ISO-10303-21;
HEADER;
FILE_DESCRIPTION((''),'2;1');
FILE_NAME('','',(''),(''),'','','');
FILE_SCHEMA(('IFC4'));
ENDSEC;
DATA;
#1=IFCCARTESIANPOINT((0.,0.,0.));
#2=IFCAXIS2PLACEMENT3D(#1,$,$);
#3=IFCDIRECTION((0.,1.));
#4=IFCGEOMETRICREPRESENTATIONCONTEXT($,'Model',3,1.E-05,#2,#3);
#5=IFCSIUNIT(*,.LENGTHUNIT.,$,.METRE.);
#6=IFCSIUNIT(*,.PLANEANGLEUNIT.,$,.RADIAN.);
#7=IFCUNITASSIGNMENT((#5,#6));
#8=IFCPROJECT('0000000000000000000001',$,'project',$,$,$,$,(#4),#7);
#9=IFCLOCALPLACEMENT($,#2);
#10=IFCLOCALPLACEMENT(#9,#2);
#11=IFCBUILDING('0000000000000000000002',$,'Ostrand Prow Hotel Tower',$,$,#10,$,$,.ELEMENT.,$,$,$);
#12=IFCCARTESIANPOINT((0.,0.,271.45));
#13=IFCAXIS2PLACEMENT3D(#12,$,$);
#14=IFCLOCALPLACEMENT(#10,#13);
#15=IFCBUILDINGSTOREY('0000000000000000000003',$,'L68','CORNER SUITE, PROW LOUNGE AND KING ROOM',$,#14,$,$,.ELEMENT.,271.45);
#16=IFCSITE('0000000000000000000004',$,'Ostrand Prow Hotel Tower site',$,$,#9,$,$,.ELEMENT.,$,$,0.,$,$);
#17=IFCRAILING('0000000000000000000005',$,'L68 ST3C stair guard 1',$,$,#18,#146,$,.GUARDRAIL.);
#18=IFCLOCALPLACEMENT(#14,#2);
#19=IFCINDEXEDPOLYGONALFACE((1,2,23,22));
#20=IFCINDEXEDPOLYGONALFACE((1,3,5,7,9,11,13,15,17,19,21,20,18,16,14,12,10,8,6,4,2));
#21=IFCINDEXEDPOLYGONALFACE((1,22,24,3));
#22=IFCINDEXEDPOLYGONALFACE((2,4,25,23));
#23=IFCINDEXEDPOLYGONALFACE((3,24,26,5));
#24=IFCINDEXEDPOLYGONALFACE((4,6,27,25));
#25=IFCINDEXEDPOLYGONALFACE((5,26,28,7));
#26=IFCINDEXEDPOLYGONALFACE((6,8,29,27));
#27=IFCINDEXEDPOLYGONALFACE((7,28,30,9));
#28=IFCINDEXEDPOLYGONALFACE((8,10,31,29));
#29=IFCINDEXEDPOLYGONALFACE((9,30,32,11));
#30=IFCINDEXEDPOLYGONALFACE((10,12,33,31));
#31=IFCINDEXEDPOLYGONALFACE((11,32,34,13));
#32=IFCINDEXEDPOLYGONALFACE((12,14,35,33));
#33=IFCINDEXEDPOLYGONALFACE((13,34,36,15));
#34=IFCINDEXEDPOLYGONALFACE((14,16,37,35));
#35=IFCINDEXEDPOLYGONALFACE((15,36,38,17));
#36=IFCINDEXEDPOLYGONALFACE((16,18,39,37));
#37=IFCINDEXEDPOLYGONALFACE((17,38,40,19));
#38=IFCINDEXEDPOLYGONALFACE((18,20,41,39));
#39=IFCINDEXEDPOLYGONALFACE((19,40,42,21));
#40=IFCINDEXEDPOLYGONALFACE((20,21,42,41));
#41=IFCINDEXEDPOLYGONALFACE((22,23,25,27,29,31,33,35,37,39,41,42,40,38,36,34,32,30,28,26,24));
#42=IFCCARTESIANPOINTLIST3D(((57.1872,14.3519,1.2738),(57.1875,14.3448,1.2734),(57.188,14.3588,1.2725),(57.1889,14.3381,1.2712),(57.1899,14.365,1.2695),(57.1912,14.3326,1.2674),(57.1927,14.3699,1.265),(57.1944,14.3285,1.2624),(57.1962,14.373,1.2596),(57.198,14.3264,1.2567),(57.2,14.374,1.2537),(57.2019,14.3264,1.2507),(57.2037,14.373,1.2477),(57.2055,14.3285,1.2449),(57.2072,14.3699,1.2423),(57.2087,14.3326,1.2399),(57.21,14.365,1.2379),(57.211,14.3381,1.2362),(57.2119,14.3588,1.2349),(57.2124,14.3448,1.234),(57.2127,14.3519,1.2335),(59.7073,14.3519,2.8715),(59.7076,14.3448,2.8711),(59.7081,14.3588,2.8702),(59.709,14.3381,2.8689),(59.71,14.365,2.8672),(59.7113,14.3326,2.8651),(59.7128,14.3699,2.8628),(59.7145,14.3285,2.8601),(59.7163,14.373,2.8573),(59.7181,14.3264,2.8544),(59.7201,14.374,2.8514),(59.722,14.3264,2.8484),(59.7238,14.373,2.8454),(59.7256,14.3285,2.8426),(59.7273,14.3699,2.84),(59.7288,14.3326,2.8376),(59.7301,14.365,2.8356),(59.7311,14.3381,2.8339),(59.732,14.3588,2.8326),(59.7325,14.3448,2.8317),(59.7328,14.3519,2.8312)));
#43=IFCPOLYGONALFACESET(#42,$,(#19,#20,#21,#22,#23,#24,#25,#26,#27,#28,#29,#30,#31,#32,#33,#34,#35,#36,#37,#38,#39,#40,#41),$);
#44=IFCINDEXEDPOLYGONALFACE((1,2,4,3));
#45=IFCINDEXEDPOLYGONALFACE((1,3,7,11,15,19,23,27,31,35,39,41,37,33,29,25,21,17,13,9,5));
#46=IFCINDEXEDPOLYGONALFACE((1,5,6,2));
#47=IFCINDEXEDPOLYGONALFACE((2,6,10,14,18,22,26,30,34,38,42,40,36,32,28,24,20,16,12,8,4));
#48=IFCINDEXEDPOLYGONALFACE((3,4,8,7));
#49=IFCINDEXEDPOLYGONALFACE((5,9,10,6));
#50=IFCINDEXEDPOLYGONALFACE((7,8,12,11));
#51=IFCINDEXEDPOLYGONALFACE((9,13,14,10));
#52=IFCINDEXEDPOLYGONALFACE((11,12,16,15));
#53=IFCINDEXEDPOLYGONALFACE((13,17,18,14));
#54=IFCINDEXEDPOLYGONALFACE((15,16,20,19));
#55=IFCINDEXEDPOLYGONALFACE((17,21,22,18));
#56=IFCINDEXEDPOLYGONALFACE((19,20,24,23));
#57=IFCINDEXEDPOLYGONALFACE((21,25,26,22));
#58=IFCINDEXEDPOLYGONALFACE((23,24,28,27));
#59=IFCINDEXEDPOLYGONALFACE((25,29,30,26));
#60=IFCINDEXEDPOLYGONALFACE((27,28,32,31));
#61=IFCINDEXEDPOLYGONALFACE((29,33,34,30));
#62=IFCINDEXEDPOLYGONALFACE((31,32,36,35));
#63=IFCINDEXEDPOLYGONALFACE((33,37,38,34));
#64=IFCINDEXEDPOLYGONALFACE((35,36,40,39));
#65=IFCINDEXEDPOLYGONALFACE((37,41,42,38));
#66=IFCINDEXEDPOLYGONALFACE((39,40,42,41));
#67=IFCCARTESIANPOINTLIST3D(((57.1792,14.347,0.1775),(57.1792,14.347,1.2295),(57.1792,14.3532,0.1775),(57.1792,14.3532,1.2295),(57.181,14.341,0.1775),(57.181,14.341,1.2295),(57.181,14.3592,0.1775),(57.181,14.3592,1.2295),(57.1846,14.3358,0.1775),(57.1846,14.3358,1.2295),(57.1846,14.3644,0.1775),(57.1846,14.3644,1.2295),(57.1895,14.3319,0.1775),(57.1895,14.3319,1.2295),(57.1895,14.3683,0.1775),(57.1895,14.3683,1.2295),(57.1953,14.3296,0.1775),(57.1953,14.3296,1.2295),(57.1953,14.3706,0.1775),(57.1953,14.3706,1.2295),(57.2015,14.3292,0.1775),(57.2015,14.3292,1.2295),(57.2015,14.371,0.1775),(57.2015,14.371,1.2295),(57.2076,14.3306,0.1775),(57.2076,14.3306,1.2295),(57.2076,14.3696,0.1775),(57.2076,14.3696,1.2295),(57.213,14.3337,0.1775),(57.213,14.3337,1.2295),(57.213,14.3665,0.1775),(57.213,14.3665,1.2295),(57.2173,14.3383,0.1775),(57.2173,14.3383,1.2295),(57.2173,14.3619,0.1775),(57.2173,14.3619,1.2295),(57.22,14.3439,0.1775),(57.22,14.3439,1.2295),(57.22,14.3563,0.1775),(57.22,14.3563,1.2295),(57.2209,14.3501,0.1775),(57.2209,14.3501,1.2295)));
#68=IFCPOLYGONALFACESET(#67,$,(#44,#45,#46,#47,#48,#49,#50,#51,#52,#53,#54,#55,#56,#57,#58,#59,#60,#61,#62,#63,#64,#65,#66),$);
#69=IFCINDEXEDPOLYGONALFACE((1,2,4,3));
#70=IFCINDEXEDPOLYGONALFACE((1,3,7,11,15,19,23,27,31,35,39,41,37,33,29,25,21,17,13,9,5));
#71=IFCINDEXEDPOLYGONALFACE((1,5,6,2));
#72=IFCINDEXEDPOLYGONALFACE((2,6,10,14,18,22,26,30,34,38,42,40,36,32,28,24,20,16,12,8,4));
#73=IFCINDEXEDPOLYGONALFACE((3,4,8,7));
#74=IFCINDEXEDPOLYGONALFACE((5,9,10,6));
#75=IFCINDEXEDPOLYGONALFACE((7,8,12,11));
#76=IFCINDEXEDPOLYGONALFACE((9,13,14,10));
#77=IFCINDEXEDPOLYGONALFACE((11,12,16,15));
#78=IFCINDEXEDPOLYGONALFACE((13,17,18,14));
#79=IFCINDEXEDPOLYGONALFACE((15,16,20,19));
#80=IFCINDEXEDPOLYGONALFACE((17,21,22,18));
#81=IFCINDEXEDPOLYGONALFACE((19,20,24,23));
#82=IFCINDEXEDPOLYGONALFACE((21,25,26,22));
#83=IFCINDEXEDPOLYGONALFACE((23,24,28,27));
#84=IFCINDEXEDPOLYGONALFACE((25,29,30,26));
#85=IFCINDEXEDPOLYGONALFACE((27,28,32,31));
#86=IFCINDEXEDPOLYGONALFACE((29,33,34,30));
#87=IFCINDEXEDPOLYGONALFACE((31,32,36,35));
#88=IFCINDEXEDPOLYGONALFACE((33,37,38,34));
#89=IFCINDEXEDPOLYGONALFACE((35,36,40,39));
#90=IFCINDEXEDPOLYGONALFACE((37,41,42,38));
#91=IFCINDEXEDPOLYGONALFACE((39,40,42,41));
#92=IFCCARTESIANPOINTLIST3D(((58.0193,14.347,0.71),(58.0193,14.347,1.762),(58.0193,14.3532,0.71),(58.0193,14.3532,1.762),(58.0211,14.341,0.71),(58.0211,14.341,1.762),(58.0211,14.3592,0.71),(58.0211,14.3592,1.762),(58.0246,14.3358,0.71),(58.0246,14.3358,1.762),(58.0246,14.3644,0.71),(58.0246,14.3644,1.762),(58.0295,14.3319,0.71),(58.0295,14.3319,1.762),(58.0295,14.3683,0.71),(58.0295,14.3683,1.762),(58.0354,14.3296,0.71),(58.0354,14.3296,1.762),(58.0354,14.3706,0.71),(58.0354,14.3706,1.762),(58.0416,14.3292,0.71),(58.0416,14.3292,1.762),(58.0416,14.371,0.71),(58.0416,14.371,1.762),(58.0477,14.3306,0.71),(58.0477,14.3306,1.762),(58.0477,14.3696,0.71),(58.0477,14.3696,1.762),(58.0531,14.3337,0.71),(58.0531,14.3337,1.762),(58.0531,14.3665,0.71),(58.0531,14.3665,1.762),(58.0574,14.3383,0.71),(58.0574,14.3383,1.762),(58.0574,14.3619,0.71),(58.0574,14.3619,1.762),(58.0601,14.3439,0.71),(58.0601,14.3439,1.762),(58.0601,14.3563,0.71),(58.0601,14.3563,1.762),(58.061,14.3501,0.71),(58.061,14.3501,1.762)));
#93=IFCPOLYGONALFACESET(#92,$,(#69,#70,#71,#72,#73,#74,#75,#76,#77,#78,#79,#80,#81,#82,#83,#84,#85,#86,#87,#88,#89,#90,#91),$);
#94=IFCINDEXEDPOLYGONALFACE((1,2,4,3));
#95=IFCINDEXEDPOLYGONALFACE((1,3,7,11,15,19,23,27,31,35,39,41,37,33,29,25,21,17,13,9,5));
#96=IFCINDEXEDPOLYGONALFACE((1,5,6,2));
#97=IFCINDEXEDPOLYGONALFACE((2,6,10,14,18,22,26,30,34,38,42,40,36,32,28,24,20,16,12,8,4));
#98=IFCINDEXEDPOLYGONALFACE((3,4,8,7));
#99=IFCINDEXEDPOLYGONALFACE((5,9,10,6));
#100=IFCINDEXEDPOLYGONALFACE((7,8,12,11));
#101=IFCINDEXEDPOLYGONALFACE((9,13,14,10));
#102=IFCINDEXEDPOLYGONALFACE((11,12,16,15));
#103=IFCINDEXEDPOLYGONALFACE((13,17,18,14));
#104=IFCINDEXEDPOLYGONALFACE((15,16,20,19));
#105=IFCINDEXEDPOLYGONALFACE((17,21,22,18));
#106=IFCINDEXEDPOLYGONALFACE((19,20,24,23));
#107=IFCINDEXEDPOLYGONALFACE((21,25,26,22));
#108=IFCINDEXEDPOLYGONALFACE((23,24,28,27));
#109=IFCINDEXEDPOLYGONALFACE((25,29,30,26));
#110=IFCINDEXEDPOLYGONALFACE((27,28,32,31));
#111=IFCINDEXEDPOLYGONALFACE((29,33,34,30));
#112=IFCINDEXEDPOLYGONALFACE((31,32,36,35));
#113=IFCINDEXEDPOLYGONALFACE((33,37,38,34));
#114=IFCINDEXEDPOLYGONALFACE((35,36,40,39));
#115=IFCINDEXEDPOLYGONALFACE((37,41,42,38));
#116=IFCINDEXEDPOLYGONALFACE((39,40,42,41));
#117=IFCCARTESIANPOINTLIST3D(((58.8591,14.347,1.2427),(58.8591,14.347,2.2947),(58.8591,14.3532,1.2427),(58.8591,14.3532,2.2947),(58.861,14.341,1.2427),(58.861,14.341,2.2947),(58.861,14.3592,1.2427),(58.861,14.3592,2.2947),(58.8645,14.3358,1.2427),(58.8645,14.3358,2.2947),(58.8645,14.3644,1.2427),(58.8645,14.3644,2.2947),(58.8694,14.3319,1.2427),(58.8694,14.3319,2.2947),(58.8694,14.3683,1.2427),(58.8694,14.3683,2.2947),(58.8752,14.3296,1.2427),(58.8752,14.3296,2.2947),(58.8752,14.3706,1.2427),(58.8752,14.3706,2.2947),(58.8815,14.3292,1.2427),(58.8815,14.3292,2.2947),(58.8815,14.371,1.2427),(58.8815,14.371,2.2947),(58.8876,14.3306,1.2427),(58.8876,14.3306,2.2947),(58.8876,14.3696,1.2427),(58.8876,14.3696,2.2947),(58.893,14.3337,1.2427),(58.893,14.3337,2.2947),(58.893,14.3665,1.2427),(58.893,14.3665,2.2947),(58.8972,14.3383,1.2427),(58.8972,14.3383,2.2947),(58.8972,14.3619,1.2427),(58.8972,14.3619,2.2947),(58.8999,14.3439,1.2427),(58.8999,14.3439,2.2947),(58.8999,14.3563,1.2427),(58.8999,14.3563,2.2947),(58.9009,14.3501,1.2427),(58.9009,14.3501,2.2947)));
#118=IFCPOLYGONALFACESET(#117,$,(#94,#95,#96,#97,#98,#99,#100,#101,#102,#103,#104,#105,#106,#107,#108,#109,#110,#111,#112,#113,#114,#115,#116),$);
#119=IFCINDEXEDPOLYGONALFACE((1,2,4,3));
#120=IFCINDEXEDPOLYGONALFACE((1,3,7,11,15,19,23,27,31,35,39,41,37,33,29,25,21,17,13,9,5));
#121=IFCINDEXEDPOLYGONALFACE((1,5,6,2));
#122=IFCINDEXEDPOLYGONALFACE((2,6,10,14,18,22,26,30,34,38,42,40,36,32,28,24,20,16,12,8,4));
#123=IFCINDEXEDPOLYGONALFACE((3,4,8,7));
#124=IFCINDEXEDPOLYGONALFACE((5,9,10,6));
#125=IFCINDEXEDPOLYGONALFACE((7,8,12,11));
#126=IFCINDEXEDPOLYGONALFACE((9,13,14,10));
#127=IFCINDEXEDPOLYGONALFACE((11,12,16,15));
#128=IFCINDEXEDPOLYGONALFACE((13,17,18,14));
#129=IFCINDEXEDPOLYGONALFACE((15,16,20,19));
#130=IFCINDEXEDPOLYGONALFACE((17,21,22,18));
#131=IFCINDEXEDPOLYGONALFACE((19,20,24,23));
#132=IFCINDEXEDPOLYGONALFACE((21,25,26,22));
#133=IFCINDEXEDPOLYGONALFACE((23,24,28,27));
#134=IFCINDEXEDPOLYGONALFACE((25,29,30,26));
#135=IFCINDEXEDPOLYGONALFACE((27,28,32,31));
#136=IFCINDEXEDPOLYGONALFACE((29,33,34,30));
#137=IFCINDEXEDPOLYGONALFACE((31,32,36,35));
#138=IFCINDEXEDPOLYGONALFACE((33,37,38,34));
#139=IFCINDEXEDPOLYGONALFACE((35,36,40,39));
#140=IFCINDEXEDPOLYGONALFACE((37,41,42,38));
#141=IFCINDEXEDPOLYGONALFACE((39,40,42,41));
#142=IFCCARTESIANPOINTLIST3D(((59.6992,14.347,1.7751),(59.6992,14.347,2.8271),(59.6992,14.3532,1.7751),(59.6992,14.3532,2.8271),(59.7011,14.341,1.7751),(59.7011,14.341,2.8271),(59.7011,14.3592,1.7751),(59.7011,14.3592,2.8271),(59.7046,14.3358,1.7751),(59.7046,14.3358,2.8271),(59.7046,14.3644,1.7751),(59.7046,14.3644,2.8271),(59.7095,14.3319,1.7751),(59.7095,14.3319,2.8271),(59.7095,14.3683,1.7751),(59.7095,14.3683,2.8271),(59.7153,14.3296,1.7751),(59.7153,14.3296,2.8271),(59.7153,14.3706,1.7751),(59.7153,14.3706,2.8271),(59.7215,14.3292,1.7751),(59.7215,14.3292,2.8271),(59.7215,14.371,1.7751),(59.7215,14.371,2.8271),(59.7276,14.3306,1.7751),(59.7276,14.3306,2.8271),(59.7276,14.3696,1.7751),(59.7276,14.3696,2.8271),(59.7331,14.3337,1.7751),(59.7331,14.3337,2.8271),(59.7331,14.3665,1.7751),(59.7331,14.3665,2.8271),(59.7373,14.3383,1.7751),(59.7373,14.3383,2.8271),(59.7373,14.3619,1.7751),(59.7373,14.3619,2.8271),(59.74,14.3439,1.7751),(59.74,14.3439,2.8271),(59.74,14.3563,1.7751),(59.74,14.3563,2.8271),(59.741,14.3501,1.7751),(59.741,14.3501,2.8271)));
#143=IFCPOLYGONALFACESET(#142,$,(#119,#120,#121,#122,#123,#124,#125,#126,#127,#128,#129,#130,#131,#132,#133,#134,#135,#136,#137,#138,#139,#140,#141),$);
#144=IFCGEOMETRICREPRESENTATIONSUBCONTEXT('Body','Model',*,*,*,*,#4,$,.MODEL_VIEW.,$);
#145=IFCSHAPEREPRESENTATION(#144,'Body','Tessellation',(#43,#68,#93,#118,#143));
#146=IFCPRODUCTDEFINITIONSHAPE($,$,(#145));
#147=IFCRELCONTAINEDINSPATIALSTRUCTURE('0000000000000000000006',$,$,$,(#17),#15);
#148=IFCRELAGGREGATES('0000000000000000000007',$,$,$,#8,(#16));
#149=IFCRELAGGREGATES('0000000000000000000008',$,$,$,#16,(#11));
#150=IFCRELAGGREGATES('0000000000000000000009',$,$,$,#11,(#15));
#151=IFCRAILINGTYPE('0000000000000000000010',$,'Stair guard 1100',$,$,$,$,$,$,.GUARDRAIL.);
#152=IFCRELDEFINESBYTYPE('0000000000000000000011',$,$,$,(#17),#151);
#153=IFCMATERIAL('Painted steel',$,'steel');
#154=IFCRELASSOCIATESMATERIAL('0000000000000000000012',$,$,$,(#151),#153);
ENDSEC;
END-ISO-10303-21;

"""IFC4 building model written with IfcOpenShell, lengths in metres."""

from ifc_helpers import new_model, si_unit, direction, frame, origin, origin_2d, place, context, subcontext, project, spatial, circle, extrude, material, type_object, element, save


model = new_model("IFC4")

# Units and contexts
model_context = context("Model", 3, precision=1e-05, world=origin(), true_north=direction((0.0, 1.0)))
body_context = subcontext(model_context, "Body", "Model", "MODEL_VIEW")
ifc_project = project(units=[si_unit("LENGTHUNIT", "METRE"), si_unit("PLANEANGLEUNIT", "RADIAN")], contexts=[model_context])

# Site, building, storey
site_placement = place(None, origin())
site = spatial("IfcSite", under=ifc_project, at=site_placement, Name="Ostrand Prow Hotel Tower site", CompositionType="ELEMENT", RefElevation=0.0)
building_placement = place(site_placement, origin())
building = spatial("IfcBuilding", under=site, at=building_placement, Name="Ostrand Prow Hotel Tower", CompositionType="ELEMENT")
storey_placement = place(building_placement, frame((0.0, 0.0, 271.45)))
storey = spatial("IfcBuildingStorey", under=building, at=storey_placement, Name="L68", Description="CORNER SUITE, PROW LOUNGE AND KING ROOM", CompositionType="ELEMENT", Elevation=271.45)

# Railing
ifc_material_1 = material(Name="Painted steel", Category="steel")
railing_type_1 = type_object("IfcRailingType", Name="Stair guard 1100", PredefinedType="GUARDRAIL", material=ifc_material_1)
railing_1_placement = place(storey_placement, frame((57.2, 14.3501, 0.1775)))
element("IfcRailing", 1, at=railing_1_placement, inside=storey, type_object=railing_type_1, Name="L68 ST3C stair guard 1", PredefinedType="GUARDRAIL", context=body_context, shape_type="SweptSolid", body=[
    extrude(circle(Radius=0.0239, at=origin_2d()), frame((0.0, 0.0, 1.0762), z_axis=(0.84457, 0.0, 0.535445), x_axis=(0.0, 1.0, 0.0)), (0.0, 0.0, 1.0), 2.9839),
    extrude(circle(Radius=0.021, at=origin_2d()), origin(), (0.0, 0.0, 1.0), 1.052),
    extrude(circle(Radius=0.021, at=origin_2d()), frame((0.8401, 0.0, 0.5325)), (0.0, 0.0, 1.0), 1.052),
    extrude(circle(Radius=0.021, at=origin_2d()), frame((1.6799, 0.0, 1.0652)), (0.0, 0.0, 1.0), 1.052),
    extrude(circle(Radius=0.021, at=origin_2d()), frame((2.52, 0.0, 1.5977)), (0.0, 0.0, 1.0), 1.052),
])

save(model, "model.ifc")
